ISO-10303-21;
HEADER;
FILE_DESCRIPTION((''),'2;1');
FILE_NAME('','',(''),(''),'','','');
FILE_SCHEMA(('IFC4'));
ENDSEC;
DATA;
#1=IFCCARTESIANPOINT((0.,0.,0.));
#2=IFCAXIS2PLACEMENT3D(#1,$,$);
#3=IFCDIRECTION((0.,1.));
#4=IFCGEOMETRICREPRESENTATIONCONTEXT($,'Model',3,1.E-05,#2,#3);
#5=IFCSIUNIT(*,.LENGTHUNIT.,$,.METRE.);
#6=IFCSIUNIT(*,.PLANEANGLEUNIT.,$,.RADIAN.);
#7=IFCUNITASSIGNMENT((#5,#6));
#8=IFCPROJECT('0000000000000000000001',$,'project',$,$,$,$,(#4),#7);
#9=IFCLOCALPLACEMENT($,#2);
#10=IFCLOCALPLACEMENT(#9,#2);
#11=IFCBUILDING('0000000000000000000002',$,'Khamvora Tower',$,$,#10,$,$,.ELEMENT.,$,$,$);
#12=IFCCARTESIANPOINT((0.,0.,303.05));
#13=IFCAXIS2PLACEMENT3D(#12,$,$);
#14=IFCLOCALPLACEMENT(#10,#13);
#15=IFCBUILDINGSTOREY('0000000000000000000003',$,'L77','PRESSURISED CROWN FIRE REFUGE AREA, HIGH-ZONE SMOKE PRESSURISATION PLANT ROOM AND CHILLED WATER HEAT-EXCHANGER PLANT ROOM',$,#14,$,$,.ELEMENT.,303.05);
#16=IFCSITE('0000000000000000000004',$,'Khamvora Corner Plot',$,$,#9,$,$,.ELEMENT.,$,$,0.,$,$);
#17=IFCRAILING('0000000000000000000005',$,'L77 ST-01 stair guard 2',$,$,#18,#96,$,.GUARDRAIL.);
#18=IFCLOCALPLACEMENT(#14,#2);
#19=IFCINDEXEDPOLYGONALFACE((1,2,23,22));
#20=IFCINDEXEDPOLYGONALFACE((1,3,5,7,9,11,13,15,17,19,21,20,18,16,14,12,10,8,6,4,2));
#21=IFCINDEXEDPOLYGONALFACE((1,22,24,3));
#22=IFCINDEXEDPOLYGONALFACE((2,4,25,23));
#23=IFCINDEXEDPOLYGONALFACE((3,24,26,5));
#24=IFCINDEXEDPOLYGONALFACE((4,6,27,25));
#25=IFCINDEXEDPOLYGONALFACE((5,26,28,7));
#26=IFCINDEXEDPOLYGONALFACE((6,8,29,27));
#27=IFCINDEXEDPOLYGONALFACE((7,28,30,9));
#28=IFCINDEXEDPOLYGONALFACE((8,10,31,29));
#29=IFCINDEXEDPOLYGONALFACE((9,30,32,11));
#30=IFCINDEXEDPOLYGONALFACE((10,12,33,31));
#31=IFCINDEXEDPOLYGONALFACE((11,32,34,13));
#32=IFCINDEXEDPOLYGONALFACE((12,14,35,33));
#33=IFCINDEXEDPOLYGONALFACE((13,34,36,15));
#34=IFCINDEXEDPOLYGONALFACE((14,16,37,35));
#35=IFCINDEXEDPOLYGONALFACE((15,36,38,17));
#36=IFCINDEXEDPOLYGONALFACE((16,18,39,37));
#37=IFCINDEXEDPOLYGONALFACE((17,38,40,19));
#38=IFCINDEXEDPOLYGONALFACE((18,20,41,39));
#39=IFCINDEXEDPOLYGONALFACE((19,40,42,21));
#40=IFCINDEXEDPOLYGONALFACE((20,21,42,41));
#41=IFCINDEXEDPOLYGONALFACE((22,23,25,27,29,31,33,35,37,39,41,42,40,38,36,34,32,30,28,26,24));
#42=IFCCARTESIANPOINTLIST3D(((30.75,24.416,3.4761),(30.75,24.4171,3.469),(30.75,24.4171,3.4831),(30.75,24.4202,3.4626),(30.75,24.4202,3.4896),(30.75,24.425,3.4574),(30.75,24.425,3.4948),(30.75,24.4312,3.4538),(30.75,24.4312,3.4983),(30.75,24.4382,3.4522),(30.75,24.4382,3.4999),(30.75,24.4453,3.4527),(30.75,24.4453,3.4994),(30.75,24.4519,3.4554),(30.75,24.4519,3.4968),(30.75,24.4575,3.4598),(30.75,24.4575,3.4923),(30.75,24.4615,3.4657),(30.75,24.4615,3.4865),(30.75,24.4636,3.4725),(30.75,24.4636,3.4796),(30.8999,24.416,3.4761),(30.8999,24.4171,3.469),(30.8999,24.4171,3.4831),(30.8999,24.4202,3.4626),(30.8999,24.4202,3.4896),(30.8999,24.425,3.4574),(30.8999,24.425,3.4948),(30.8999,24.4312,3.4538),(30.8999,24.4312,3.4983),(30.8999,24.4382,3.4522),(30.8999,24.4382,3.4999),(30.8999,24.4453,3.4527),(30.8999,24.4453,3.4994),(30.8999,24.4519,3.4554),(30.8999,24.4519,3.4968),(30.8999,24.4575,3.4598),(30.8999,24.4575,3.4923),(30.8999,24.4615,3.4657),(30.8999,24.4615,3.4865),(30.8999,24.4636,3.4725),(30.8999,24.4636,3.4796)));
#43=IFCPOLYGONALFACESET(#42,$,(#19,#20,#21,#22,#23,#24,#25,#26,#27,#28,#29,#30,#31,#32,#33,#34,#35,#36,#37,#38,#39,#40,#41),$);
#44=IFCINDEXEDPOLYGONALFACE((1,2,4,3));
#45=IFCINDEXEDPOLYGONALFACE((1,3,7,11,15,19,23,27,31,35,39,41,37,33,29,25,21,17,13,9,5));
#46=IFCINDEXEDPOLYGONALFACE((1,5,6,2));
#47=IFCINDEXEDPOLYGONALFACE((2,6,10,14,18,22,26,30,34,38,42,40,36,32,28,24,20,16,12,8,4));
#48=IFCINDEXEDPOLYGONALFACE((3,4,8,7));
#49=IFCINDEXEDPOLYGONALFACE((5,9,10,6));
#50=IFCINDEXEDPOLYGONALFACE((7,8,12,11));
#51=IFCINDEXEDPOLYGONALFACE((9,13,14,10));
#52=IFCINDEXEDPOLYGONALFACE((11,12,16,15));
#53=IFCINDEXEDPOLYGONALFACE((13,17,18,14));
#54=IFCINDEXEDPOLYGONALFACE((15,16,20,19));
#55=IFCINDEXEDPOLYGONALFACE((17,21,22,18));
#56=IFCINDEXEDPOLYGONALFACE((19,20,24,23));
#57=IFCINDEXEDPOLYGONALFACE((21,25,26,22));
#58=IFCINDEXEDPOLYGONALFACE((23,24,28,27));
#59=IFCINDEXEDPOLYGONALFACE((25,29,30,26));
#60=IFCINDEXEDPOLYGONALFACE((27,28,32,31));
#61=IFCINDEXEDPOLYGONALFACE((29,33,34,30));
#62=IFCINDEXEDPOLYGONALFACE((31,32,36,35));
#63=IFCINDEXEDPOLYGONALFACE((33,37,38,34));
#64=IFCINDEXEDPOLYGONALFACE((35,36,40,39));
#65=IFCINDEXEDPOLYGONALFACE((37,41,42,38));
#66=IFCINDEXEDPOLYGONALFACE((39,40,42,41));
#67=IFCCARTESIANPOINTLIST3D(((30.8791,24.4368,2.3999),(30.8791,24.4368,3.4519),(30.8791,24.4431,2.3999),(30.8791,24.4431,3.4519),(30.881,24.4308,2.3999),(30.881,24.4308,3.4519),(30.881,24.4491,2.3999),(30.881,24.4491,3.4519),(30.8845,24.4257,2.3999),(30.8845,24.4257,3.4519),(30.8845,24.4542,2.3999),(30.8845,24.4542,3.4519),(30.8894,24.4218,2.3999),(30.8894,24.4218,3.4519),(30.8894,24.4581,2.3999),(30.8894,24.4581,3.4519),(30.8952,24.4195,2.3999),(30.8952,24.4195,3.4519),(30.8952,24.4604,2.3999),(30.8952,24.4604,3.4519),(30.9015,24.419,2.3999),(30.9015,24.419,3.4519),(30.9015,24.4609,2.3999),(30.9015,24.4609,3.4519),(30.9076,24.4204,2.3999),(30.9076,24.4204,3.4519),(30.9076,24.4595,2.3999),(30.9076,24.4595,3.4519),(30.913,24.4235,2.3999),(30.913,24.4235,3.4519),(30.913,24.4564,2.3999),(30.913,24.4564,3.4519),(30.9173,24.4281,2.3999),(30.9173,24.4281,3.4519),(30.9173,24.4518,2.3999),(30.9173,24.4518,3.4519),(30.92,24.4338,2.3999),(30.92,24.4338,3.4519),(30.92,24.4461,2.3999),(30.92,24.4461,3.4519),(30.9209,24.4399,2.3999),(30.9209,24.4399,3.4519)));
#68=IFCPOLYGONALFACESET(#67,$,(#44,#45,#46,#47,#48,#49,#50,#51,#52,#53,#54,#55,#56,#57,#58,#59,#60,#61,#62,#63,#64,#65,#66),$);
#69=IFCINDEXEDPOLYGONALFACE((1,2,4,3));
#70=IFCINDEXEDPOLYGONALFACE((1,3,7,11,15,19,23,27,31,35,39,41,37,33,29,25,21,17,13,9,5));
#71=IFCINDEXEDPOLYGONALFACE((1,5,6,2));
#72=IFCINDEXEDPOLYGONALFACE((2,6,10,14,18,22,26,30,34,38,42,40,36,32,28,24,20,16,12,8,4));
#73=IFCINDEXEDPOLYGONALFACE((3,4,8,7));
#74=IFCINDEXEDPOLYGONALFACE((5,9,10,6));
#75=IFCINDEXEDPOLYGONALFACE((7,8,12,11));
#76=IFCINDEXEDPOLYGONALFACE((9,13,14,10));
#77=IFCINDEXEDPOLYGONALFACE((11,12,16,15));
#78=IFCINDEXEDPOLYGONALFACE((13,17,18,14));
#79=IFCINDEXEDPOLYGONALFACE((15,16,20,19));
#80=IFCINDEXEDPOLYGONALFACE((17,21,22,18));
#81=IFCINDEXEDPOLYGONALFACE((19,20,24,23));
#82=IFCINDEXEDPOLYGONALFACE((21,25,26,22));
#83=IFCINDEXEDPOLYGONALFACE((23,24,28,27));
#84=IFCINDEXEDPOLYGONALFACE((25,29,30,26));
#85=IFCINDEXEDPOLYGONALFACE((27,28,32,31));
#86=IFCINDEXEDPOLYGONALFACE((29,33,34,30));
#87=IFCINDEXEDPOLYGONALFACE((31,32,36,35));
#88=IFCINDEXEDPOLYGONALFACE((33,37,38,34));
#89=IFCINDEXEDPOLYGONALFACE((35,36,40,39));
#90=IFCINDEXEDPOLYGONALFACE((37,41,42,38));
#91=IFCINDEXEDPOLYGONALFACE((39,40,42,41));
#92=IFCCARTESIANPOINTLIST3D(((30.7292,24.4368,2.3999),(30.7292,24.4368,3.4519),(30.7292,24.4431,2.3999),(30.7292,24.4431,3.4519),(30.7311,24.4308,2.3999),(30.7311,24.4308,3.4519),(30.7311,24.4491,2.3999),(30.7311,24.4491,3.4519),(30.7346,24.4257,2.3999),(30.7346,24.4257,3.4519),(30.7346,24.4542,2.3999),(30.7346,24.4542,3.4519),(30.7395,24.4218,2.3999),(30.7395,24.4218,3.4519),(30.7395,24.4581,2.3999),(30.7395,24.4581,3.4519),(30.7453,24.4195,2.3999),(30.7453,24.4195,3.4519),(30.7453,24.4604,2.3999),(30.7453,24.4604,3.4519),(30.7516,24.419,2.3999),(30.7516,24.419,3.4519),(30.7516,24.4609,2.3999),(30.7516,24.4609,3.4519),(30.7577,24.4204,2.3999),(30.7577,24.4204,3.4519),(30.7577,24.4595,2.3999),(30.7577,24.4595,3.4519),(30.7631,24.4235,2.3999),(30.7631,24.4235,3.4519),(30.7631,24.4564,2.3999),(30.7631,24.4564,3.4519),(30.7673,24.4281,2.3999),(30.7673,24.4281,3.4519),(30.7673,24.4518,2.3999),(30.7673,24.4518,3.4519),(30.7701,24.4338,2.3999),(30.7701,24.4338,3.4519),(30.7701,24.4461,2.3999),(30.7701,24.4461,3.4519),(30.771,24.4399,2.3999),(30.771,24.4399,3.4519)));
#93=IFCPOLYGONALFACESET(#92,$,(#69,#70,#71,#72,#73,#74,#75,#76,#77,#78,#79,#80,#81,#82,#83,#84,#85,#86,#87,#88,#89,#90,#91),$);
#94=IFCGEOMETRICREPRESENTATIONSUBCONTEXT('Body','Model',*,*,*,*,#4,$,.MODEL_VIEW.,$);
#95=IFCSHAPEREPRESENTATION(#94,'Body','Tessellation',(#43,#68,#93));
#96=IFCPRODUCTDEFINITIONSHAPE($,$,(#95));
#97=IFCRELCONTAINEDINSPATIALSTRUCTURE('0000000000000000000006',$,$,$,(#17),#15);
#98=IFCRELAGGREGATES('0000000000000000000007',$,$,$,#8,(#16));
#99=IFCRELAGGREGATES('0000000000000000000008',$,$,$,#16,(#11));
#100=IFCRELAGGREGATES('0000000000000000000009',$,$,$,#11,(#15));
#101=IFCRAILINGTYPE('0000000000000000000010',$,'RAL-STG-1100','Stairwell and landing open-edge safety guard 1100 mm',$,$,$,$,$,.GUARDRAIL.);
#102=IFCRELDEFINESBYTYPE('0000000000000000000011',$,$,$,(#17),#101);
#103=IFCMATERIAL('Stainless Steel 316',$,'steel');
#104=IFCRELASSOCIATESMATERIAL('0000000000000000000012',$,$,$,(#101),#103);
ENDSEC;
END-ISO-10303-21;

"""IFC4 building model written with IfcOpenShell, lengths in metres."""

from ifc_helpers import new_model, si_unit, direction, frame, origin, origin_2d, place, context, subcontext, project, spatial, circle, extrude, material, type_object, element, save


model = new_model("IFC4")

# Units and contexts
model_context = context("Model", 3, precision=1e-05, world=origin(), true_north=direction((0.0, 1.0)))
body_context = subcontext(model_context, "Body", "Model", "MODEL_VIEW")
ifc_project = project(units=[si_unit("LENGTHUNIT", "METRE"), si_unit("PLANEANGLEUNIT", "RADIAN")], contexts=[model_context])

# Site, building, storey
site_placement = place(None, origin())
site = spatial("IfcSite", under=ifc_project, at=site_placement, Name="Khamvora Corner Plot", CompositionType="ELEMENT", RefElevation=0.0)
building_placement = place(site_placement, origin())
building = spatial("IfcBuilding", under=site, at=building_placement, Name="Khamvora Tower", CompositionType="ELEMENT")
storey_placement = place(building_placement, frame((0.0, 0.0, 303.05)))
storey = spatial("IfcBuildingStorey", under=building, at=storey_placement, Name="L77", Description="PRESSURISED CROWN FIRE REFUGE AREA, HIGH-ZONE SMOKE PRESSURISATION PLANT ROOM AND CHILLED WATER HEAT-EXCHANGER PLANT ROOM", CompositionType="ELEMENT", Elevation=303.05)

# Railing
ifc_material_1 = material(Name="Stainless Steel 316", Category="steel")
railing_type_1 = type_object("IfcRailingType", Name="RAL-STG-1100", Description="Stairwell and landing open-edge safety guard 1100 mm", PredefinedType="GUARDRAIL", material=ifc_material_1)
railing_1_placement = place(storey_placement, frame((30.8999, 24.4399, 2.3999)))
element("IfcRailing", 1, at=railing_1_placement, inside=storey, type_object=railing_type_1, Name="L77 ST-01 stair guard 2", PredefinedType="GUARDRAIL", context=body_context, shape_type="SweptSolid", body=[
    extrude(circle(Radius=0.0239, at=origin_2d()), frame((0.0, 0.0, 1.0762), z_axis=(-1.0, 0.0, 0.0), x_axis=(0.0, -1.0, 0.0)), (0.0, 0.0, 1.0), 0.1499),
    extrude(circle(Radius=0.021, at=origin_2d()), origin(), (0.0, 0.0, 1.0), 1.052),
    extrude(circle(Radius=0.021, at=origin_2d()), frame((-0.1499, 0.0, 0.0)), (0.0, 0.0, 1.0), 1.052),
])

save(model, "model.ifc")
